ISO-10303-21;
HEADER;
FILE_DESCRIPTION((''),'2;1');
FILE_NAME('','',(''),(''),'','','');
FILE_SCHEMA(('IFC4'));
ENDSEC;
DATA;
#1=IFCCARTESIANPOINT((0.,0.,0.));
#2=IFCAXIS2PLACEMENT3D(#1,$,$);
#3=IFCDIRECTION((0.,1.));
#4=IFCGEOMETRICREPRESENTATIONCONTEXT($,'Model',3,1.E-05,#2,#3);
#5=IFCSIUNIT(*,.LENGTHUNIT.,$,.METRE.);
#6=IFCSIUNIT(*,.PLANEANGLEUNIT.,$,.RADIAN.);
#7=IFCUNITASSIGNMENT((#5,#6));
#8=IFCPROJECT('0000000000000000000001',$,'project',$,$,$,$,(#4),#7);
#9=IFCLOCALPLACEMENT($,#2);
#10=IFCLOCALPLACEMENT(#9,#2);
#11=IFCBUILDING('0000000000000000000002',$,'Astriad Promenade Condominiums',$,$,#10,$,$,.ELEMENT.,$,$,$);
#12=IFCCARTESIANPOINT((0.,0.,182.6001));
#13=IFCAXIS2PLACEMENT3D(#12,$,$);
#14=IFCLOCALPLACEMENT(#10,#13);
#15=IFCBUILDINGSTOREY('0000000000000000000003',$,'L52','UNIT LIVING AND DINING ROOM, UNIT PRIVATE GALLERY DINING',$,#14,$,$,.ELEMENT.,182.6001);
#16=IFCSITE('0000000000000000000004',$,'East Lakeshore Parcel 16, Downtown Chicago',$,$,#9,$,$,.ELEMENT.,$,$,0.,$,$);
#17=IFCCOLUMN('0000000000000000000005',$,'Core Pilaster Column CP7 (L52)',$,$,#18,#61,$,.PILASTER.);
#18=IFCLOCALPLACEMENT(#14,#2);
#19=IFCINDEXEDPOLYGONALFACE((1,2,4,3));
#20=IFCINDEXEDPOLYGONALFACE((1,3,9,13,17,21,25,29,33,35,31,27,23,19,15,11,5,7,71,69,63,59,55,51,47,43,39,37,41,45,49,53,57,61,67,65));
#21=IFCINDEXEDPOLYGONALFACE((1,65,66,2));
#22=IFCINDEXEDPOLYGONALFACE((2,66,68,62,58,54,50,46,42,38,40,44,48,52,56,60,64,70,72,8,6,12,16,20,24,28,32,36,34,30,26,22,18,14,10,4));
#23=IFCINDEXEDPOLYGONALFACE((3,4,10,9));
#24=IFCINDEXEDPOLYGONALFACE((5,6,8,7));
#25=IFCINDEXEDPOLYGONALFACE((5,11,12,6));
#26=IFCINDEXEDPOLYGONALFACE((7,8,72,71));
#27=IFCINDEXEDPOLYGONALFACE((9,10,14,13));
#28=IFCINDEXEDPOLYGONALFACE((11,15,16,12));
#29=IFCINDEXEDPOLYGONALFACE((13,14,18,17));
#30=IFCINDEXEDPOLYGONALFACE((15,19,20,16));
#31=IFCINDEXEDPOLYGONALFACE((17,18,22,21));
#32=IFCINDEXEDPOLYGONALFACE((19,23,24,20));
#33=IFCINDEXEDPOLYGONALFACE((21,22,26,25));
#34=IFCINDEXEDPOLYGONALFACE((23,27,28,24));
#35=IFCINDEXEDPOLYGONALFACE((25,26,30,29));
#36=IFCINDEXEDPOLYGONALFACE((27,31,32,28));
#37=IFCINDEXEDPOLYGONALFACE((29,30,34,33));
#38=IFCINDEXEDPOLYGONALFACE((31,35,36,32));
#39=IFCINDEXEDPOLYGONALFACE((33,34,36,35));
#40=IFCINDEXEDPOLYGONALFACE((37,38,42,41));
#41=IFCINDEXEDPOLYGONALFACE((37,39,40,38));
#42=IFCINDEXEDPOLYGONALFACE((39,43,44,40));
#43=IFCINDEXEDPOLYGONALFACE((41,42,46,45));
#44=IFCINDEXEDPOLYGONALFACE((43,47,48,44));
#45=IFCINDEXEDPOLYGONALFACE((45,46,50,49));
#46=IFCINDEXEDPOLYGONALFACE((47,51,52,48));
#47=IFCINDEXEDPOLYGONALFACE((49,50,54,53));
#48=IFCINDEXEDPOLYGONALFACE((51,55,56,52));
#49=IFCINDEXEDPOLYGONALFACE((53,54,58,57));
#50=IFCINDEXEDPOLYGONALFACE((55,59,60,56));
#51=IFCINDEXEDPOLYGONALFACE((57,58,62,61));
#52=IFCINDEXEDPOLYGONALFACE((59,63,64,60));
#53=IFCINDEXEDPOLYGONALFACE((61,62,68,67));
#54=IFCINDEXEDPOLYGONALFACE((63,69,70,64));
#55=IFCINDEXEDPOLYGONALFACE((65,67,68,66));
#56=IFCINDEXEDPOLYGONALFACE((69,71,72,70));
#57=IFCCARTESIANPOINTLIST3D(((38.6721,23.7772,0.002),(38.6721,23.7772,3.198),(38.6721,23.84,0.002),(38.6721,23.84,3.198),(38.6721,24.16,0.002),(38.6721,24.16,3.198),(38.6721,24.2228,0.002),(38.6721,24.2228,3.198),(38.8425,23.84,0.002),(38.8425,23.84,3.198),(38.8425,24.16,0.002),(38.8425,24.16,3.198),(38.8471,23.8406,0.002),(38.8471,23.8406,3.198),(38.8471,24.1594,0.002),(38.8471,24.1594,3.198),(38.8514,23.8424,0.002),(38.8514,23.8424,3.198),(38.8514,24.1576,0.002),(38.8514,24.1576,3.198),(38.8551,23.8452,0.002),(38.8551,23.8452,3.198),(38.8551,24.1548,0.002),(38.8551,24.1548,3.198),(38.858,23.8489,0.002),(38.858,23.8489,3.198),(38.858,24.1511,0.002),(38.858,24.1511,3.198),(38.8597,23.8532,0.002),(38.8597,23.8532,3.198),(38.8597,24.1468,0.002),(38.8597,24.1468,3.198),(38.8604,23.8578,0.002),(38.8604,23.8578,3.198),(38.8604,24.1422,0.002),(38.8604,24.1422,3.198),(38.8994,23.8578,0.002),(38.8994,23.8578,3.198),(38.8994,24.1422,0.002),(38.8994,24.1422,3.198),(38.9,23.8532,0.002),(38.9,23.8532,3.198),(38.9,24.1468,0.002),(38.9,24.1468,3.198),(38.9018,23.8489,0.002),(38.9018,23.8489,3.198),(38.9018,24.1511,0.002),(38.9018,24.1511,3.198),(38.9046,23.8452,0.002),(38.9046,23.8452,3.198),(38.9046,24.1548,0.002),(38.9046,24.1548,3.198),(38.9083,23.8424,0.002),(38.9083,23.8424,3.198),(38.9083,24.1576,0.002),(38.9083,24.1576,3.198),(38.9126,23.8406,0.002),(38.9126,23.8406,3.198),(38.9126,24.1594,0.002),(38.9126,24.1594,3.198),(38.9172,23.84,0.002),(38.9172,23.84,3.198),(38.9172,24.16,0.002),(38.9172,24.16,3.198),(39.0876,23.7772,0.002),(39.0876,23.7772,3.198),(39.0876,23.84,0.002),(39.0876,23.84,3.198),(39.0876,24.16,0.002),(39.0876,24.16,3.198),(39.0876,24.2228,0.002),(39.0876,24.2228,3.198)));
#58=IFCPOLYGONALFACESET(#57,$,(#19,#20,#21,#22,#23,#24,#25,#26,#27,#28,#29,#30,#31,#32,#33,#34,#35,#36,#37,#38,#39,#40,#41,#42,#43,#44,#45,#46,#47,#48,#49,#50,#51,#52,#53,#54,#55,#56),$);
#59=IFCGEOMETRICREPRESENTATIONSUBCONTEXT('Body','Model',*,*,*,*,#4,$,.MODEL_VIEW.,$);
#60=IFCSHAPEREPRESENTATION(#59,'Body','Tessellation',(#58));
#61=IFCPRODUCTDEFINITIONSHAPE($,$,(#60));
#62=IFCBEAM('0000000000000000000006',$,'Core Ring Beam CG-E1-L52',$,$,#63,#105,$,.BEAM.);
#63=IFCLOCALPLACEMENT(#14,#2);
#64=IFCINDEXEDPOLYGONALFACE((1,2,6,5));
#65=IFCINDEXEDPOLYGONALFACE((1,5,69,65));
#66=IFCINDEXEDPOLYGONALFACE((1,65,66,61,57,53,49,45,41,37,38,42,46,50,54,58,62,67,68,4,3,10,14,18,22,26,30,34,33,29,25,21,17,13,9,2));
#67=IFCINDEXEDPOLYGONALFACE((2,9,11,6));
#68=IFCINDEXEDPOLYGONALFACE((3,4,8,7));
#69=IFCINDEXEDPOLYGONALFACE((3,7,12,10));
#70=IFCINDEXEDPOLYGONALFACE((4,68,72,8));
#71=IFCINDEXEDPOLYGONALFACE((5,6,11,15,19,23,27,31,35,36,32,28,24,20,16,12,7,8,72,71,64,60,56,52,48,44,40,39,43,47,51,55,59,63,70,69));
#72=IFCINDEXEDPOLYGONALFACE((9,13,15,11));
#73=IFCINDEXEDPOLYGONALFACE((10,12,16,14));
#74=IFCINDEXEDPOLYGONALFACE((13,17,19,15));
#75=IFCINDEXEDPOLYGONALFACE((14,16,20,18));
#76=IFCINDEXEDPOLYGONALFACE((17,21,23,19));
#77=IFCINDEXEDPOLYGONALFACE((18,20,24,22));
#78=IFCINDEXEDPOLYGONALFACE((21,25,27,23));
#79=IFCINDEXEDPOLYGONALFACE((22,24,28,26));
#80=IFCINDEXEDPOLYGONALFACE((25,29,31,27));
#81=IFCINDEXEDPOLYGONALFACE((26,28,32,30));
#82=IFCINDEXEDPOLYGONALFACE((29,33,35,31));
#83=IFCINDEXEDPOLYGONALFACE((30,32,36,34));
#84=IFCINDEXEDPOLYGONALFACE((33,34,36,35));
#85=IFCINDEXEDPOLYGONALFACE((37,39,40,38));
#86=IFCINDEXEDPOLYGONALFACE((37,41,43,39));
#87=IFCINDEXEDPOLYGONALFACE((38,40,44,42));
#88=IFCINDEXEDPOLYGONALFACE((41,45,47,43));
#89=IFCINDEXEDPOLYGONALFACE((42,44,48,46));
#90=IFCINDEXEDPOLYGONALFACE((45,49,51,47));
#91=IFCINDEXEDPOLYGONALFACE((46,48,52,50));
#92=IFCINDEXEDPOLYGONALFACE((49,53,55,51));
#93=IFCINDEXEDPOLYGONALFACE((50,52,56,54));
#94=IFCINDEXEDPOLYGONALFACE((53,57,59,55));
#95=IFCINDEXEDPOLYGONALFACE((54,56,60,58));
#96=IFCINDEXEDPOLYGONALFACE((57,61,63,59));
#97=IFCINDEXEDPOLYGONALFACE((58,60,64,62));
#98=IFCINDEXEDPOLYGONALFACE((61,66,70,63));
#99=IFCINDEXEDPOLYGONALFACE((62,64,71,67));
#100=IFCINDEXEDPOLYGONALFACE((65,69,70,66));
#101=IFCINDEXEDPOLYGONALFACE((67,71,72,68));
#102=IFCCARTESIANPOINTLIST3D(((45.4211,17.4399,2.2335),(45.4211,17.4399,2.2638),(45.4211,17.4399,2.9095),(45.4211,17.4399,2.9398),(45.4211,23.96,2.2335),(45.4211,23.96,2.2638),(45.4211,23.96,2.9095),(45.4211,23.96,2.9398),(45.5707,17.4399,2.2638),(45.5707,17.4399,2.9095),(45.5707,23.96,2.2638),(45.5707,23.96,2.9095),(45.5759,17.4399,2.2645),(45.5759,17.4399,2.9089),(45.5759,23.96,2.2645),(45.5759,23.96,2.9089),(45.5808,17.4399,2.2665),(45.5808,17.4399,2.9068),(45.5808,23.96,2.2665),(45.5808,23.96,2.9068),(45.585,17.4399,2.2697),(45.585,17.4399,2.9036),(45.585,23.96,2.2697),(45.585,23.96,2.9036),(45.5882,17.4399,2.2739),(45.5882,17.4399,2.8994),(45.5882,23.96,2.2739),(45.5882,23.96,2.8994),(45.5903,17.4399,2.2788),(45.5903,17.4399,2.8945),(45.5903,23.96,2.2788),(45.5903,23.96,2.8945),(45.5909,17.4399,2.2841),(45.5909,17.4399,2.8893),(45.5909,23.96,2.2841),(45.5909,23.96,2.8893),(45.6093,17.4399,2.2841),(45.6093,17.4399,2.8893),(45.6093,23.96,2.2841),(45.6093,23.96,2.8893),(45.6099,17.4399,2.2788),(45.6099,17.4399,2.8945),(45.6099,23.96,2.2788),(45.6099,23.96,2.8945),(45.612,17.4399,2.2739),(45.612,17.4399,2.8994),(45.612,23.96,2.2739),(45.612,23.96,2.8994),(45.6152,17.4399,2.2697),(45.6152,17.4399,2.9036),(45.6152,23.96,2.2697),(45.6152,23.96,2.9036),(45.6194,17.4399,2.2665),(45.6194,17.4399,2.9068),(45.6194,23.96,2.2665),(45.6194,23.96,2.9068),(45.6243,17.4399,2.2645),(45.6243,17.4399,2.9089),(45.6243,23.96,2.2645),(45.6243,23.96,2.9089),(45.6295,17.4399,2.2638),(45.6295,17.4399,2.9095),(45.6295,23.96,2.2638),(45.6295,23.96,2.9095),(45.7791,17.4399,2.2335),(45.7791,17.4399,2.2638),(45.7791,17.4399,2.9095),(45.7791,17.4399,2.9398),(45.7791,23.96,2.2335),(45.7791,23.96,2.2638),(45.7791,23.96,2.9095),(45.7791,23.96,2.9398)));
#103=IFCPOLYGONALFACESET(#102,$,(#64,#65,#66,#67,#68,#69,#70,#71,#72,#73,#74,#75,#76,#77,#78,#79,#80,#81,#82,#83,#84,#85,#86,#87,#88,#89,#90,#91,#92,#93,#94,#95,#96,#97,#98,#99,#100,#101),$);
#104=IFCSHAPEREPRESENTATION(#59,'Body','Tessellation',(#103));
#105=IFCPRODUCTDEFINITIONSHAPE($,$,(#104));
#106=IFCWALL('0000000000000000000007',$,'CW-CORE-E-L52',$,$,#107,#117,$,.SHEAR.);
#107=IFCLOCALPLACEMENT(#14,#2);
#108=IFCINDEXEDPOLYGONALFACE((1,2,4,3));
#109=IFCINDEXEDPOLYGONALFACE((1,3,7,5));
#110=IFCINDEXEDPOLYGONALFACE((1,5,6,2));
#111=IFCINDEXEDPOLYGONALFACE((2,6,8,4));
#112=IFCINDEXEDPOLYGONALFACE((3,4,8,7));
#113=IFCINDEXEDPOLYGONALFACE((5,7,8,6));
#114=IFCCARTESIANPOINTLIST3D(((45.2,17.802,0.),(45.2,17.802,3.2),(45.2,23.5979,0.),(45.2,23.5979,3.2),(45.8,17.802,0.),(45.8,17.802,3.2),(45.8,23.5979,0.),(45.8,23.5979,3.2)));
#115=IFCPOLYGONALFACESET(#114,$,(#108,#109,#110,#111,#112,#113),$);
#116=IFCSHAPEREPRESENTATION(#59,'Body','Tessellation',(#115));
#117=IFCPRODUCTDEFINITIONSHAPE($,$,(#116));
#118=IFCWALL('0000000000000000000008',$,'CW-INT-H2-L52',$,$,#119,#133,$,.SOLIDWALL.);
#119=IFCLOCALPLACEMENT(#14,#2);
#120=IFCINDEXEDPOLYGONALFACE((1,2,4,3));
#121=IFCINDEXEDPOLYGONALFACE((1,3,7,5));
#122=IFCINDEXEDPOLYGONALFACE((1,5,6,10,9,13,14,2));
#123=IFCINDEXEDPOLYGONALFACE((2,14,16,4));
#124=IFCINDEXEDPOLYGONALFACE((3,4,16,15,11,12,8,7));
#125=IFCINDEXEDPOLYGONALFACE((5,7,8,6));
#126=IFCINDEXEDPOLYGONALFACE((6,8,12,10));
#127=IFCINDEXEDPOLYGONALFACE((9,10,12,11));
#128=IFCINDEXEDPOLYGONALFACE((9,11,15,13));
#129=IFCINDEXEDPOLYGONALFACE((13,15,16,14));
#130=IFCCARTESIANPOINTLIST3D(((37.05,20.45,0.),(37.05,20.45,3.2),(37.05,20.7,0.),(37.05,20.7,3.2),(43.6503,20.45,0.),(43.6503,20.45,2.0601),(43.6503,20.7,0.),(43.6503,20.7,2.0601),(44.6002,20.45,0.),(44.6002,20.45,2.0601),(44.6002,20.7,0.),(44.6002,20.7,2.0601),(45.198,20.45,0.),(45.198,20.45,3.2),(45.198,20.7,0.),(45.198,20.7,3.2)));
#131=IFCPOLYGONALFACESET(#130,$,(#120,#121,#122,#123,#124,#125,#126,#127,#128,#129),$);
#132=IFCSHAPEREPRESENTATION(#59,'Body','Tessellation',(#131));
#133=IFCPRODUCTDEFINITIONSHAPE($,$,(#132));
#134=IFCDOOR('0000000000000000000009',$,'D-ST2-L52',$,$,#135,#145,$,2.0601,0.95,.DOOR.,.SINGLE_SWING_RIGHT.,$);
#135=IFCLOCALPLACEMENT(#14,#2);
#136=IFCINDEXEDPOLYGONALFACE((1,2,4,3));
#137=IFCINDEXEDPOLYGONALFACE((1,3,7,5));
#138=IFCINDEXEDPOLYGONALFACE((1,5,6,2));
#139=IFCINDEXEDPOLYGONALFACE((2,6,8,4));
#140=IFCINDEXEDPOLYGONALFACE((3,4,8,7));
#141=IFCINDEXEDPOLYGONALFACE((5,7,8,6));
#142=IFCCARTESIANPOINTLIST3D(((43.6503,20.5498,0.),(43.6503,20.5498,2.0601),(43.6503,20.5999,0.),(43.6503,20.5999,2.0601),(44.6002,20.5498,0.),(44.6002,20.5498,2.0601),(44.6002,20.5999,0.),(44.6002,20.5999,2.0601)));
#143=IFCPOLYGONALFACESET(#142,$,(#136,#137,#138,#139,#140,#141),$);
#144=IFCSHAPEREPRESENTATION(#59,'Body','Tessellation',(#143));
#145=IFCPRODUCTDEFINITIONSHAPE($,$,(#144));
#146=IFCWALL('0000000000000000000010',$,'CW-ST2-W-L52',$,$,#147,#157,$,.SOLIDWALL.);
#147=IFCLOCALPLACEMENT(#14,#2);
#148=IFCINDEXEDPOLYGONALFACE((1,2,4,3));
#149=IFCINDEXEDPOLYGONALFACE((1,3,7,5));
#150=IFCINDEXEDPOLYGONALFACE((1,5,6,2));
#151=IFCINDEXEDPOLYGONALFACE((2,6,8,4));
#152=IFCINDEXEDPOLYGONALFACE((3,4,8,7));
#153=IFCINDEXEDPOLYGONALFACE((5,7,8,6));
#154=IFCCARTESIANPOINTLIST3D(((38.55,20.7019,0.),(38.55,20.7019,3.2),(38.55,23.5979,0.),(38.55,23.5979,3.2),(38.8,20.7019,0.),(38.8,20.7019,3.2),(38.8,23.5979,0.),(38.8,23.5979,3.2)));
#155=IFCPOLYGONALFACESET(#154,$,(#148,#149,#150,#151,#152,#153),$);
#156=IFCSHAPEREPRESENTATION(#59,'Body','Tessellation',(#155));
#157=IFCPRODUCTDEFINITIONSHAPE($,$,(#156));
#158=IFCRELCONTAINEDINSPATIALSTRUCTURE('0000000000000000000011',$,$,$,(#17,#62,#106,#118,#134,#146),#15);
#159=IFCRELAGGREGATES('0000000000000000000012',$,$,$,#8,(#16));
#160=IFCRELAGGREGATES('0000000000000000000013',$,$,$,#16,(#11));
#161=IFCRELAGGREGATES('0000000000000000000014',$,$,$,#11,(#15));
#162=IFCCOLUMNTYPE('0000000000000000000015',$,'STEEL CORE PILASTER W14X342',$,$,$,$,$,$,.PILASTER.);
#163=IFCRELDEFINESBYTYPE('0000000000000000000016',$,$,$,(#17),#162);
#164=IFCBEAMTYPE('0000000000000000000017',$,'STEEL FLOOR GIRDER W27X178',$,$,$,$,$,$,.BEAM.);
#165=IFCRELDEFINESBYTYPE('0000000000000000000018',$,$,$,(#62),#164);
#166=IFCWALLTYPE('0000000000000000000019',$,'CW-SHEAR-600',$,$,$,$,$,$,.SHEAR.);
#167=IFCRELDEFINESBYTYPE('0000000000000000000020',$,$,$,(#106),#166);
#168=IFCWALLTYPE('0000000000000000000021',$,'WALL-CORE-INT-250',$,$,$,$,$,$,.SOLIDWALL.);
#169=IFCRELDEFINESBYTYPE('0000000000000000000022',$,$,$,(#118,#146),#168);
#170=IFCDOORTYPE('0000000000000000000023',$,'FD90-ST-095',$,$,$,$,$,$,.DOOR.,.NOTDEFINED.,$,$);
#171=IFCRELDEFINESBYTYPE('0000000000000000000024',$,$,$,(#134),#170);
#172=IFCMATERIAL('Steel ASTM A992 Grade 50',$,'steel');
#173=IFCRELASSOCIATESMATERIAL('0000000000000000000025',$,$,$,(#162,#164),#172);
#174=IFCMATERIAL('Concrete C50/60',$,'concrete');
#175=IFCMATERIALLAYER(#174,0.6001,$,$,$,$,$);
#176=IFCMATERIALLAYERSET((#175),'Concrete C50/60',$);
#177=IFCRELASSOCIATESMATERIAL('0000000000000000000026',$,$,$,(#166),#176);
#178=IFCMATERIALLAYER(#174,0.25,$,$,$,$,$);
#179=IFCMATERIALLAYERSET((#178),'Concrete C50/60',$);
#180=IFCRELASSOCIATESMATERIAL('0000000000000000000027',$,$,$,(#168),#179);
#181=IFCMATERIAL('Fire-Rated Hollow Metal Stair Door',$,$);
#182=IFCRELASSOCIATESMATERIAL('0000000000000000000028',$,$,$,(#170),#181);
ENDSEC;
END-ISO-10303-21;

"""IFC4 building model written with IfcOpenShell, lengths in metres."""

from ifc_helpers import new_model, si_unit, direction, frame, frame_2d, origin, origin_2d, place, context, subcontext, project, spatial, rectangle, i_section, extrude, source, transform, mapped, material, layer, layer_set, material_profile, profile_set, type_object, type_shapes, element, fill, save


model = new_model("IFC4")

# Units and contexts
model_context = context("Model", 3, precision=1e-05, world=origin(), true_north=direction((0.0, 1.0)))
body_context = subcontext(model_context, "Body", "Model", "MODEL_VIEW")
ifc_project = project(units=[si_unit("LENGTHUNIT", "METRE"), si_unit("PLANEANGLEUNIT", "RADIAN")], contexts=[model_context])

# Site, building, storey
site_placement = place(None, origin())
site = spatial("IfcSite", under=ifc_project, at=site_placement, Name="East Lakeshore Parcel 16, Downtown Chicago", CompositionType="ELEMENT", RefElevation=0.0)
building_placement = place(site_placement, origin())
building = spatial("IfcBuilding", under=site, at=building_placement, Name="Astriad Promenade Condominiums", CompositionType="ELEMENT")
storey_placement = place(building_placement, frame((0.0, 0.0, 182.6001)))
storey = spatial("IfcBuildingStorey", under=building, at=storey_placement, Name="L52", Description="UNIT LIVING AND DINING ROOM, UNIT PRIVATE GALLERY DINING", CompositionType="ELEMENT", Elevation=182.6001)

# Column
ifc_material_1 = material(Name="Steel ASTM A992 Grade 50", Category="steel")
ifc_material_profile_1 = material_profile(ifc_material_1, i_section(OverallWidth=0.4155, OverallDepth=0.4456, WebThickness=0.0391, FlangeThickness=0.0627, FilletRadius=0.0178, at=origin_2d()), Name="W14X342")
ifc_profile_set_1 = profile_set([ifc_material_profile_1], Name="Steel ASTM A992 Grade 50")
column_type = type_object("IfcColumnType", Name="STEEL CORE PILASTER W14X342", PredefinedType="PILASTER", material=ifc_profile_set_1)
shared_shape_1 = source(origin(), body_context, "Body", "SweptSolid", [
    extrude(i_section(OverallWidth=0.4155, OverallDepth=0.4456, WebThickness=0.0391, FlangeThickness=0.0627, FilletRadius=0.0178, at=origin_2d()), origin(), (0.0, 0.0, 1.0), 3.196),
])
type_shapes(column_type, [shared_shape_1])
column_placement = place(storey_placement, frame((38.8799, 24.0, 0.002), z_axis=(0.0, 0.0, 1.0), x_axis=(1.0, 0.0, 0.0)))
element("IfcColumn", 1, at=column_placement, inside=storey, type_object=column_type, Name="Core Pilaster Column CP7 (L52)", PredefinedType="PILASTER", context=body_context, shape_type="MappedRepresentation", body=[
    mapped(shared_shape_1, transform((0.0, 0.0, 0.0), scale=1.0)),
])

# Beam
ifc_material_profile_2 = material_profile(ifc_material_1, i_section(OverallWidth=0.3579, OverallDepth=0.7063, WebThickness=0.0183, FlangeThickness=0.0303, FilletRadius=0.0203, at=origin_2d()), Name="W27X178")
ifc_profile_set_2 = profile_set([ifc_material_profile_2], Name="Steel ASTM A992 Grade 50")
beam_type = type_object("IfcBeamType", Name="STEEL FLOOR GIRDER W27X178", PredefinedType="BEAM", material=ifc_profile_set_2)
shared_shape_2 = source(origin(), body_context, "Body", "SweptSolid", [
    extrude(i_section(OverallWidth=0.3579, OverallDepth=0.7063, WebThickness=0.0183, FlangeThickness=0.0303, FilletRadius=0.0203, at=origin_2d()), origin(), (0.0, 0.0, 1.0), 6.52),
])
type_shapes(beam_type, [shared_shape_2])
beam_placement = place(storey_placement, frame((45.6001, 17.4399, 2.5867), z_axis=(0.0, 1.0, 0.0), x_axis=(-1.0, 0.0, 0.0)))
element("IfcBeam", 2, at=beam_placement, inside=storey, type_object=beam_type, Name="Core Ring Beam CG-E1-L52", PredefinedType="BEAM", context=body_context, shape_type="MappedRepresentation", body=[
    mapped(shared_shape_2, transform((0.0, 0.0, 0.0), scale=1.0)),
])

# Wall
ifc_material_2 = material(Name="Concrete C50/60", Category="concrete")
ifc_layer_1 = layer(ifc_material_2, 0.6001)
ifc_layer_set_1 = layer_set([ifc_layer_1], Name="Concrete C50/60")
wall_type_1 = type_object("IfcWallType", Name="CW-SHEAR-600", PredefinedType="SHEAR", material=ifc_layer_set_1)
wall_1_placement = place(storey_placement, frame((45.5, 17.802, 0.0), z_axis=(0.0, 0.0, 1.0), x_axis=(0.0, 1.0, 0.0)))
element("IfcWall", 3, at=wall_1_placement, inside=storey, type_object=wall_type_1, Name="CW-CORE-E-L52", PredefinedType="SHEAR", context=body_context, shape_type="SweptSolid", body=[
    extrude(rectangle(XDim=5.7959, YDim=0.6001, at=frame_2d((2.8979, 0.0))), origin(), (0.0, 0.0, 1.0), 3.2),
])

# Wall, opening, door
ifc_layer_2 = layer(ifc_material_2, 0.25)
ifc_layer_set_2 = layer_set([ifc_layer_2], Name="Concrete C50/60")
wall_type_2 = type_object("IfcWallType", Name="WALL-CORE-INT-250", PredefinedType="SOLIDWALL", material=ifc_layer_set_2)
wall_2_placement = place(storey_placement, frame((37.05, 20.575, 0.0), z_axis=(0.0, 0.0, 1.0), x_axis=(1.0, 0.0, 0.0)))
wall_2 = element("IfcWall", 4, at=wall_2_placement, inside=storey, type_object=wall_type_2, Name="CW-INT-H2-L52", PredefinedType="SOLIDWALL", context=body_context, shape_type="SweptSolid", body=[
    extrude(rectangle(XDim=8.1479, YDim=0.25, at=frame_2d((4.074, 0.0))), origin(), (0.0, 0.0, 1.0), 3.2),
])
opening_1_placement = place(wall_2_placement, frame((6.6001, 0.0, 0.0)))
opening_1 = element("IfcOpeningElement", 5, at=opening_1_placement, cuts=wall_2, PredefinedType="OPENING", context=body_context, shape_type="SweptSolid", body=[
    extrude(rectangle(XDim=0.95, YDim=2.0601, at=frame_2d((0.4751, 1.03))), frame((0.0, 0.135, 0.0), z_axis=(0.0, -1.0, 0.0), x_axis=(1.0, 0.0, 0.0)), (0.0, 0.0, 1.0), 0.27),
])
ifc_material_3 = material(Name="Fire-Rated Hollow Metal Stair Door")
door_type_1 = type_object("IfcDoorType", Name="FD90-ST-095", OperationType="NOTDEFINED", PredefinedType="DOOR", material=ifc_material_3)
shared_shape_3 = source(origin(), body_context, "Body", "SweptSolid", [
    extrude(rectangle(XDim=0.95, YDim=2.0601, at=frame_2d((0.4751, 1.03))), frame((0.0, 0.0249, 0.0), z_axis=(0.0, -1.0, 0.0), x_axis=(1.0, 0.0, 0.0)), (0.0, 0.0, 1.0), 0.05),
])
type_shapes(door_type_1, [shared_shape_3])
door_1_placement = place(opening_1_placement, origin())
door_1 = element("IfcDoor", 6, at=door_1_placement, inside=storey, type_object=door_type_1, Name="D-ST2-L52", OperationType="SINGLE_SWING_RIGHT", OverallHeight=2.0601, OverallWidth=0.95, PredefinedType="DOOR", context=body_context, shape_type="MappedRepresentation", body=[
    mapped(shared_shape_3, transform((0.0, 0.0, 0.0), scale=1.0)),
])
fill(opening_1, door_1)

# Wall
wall_3_placement = place(storey_placement, frame((38.675, 20.7019, 0.0), z_axis=(0.0, 0.0, 1.0), x_axis=(0.0, 1.0, 0.0)))
element("IfcWall", 7, at=wall_3_placement, inside=storey, type_object=wall_type_2, Name="CW-ST2-W-L52", PredefinedType="SOLIDWALL", context=body_context, shape_type="SweptSolid", body=[
    extrude(rectangle(XDim=2.896, YDim=0.25, at=frame_2d((1.448, 0.0))), origin(), (0.0, 0.0, 1.0), 3.2),
])

save(model, "model.ifc")
